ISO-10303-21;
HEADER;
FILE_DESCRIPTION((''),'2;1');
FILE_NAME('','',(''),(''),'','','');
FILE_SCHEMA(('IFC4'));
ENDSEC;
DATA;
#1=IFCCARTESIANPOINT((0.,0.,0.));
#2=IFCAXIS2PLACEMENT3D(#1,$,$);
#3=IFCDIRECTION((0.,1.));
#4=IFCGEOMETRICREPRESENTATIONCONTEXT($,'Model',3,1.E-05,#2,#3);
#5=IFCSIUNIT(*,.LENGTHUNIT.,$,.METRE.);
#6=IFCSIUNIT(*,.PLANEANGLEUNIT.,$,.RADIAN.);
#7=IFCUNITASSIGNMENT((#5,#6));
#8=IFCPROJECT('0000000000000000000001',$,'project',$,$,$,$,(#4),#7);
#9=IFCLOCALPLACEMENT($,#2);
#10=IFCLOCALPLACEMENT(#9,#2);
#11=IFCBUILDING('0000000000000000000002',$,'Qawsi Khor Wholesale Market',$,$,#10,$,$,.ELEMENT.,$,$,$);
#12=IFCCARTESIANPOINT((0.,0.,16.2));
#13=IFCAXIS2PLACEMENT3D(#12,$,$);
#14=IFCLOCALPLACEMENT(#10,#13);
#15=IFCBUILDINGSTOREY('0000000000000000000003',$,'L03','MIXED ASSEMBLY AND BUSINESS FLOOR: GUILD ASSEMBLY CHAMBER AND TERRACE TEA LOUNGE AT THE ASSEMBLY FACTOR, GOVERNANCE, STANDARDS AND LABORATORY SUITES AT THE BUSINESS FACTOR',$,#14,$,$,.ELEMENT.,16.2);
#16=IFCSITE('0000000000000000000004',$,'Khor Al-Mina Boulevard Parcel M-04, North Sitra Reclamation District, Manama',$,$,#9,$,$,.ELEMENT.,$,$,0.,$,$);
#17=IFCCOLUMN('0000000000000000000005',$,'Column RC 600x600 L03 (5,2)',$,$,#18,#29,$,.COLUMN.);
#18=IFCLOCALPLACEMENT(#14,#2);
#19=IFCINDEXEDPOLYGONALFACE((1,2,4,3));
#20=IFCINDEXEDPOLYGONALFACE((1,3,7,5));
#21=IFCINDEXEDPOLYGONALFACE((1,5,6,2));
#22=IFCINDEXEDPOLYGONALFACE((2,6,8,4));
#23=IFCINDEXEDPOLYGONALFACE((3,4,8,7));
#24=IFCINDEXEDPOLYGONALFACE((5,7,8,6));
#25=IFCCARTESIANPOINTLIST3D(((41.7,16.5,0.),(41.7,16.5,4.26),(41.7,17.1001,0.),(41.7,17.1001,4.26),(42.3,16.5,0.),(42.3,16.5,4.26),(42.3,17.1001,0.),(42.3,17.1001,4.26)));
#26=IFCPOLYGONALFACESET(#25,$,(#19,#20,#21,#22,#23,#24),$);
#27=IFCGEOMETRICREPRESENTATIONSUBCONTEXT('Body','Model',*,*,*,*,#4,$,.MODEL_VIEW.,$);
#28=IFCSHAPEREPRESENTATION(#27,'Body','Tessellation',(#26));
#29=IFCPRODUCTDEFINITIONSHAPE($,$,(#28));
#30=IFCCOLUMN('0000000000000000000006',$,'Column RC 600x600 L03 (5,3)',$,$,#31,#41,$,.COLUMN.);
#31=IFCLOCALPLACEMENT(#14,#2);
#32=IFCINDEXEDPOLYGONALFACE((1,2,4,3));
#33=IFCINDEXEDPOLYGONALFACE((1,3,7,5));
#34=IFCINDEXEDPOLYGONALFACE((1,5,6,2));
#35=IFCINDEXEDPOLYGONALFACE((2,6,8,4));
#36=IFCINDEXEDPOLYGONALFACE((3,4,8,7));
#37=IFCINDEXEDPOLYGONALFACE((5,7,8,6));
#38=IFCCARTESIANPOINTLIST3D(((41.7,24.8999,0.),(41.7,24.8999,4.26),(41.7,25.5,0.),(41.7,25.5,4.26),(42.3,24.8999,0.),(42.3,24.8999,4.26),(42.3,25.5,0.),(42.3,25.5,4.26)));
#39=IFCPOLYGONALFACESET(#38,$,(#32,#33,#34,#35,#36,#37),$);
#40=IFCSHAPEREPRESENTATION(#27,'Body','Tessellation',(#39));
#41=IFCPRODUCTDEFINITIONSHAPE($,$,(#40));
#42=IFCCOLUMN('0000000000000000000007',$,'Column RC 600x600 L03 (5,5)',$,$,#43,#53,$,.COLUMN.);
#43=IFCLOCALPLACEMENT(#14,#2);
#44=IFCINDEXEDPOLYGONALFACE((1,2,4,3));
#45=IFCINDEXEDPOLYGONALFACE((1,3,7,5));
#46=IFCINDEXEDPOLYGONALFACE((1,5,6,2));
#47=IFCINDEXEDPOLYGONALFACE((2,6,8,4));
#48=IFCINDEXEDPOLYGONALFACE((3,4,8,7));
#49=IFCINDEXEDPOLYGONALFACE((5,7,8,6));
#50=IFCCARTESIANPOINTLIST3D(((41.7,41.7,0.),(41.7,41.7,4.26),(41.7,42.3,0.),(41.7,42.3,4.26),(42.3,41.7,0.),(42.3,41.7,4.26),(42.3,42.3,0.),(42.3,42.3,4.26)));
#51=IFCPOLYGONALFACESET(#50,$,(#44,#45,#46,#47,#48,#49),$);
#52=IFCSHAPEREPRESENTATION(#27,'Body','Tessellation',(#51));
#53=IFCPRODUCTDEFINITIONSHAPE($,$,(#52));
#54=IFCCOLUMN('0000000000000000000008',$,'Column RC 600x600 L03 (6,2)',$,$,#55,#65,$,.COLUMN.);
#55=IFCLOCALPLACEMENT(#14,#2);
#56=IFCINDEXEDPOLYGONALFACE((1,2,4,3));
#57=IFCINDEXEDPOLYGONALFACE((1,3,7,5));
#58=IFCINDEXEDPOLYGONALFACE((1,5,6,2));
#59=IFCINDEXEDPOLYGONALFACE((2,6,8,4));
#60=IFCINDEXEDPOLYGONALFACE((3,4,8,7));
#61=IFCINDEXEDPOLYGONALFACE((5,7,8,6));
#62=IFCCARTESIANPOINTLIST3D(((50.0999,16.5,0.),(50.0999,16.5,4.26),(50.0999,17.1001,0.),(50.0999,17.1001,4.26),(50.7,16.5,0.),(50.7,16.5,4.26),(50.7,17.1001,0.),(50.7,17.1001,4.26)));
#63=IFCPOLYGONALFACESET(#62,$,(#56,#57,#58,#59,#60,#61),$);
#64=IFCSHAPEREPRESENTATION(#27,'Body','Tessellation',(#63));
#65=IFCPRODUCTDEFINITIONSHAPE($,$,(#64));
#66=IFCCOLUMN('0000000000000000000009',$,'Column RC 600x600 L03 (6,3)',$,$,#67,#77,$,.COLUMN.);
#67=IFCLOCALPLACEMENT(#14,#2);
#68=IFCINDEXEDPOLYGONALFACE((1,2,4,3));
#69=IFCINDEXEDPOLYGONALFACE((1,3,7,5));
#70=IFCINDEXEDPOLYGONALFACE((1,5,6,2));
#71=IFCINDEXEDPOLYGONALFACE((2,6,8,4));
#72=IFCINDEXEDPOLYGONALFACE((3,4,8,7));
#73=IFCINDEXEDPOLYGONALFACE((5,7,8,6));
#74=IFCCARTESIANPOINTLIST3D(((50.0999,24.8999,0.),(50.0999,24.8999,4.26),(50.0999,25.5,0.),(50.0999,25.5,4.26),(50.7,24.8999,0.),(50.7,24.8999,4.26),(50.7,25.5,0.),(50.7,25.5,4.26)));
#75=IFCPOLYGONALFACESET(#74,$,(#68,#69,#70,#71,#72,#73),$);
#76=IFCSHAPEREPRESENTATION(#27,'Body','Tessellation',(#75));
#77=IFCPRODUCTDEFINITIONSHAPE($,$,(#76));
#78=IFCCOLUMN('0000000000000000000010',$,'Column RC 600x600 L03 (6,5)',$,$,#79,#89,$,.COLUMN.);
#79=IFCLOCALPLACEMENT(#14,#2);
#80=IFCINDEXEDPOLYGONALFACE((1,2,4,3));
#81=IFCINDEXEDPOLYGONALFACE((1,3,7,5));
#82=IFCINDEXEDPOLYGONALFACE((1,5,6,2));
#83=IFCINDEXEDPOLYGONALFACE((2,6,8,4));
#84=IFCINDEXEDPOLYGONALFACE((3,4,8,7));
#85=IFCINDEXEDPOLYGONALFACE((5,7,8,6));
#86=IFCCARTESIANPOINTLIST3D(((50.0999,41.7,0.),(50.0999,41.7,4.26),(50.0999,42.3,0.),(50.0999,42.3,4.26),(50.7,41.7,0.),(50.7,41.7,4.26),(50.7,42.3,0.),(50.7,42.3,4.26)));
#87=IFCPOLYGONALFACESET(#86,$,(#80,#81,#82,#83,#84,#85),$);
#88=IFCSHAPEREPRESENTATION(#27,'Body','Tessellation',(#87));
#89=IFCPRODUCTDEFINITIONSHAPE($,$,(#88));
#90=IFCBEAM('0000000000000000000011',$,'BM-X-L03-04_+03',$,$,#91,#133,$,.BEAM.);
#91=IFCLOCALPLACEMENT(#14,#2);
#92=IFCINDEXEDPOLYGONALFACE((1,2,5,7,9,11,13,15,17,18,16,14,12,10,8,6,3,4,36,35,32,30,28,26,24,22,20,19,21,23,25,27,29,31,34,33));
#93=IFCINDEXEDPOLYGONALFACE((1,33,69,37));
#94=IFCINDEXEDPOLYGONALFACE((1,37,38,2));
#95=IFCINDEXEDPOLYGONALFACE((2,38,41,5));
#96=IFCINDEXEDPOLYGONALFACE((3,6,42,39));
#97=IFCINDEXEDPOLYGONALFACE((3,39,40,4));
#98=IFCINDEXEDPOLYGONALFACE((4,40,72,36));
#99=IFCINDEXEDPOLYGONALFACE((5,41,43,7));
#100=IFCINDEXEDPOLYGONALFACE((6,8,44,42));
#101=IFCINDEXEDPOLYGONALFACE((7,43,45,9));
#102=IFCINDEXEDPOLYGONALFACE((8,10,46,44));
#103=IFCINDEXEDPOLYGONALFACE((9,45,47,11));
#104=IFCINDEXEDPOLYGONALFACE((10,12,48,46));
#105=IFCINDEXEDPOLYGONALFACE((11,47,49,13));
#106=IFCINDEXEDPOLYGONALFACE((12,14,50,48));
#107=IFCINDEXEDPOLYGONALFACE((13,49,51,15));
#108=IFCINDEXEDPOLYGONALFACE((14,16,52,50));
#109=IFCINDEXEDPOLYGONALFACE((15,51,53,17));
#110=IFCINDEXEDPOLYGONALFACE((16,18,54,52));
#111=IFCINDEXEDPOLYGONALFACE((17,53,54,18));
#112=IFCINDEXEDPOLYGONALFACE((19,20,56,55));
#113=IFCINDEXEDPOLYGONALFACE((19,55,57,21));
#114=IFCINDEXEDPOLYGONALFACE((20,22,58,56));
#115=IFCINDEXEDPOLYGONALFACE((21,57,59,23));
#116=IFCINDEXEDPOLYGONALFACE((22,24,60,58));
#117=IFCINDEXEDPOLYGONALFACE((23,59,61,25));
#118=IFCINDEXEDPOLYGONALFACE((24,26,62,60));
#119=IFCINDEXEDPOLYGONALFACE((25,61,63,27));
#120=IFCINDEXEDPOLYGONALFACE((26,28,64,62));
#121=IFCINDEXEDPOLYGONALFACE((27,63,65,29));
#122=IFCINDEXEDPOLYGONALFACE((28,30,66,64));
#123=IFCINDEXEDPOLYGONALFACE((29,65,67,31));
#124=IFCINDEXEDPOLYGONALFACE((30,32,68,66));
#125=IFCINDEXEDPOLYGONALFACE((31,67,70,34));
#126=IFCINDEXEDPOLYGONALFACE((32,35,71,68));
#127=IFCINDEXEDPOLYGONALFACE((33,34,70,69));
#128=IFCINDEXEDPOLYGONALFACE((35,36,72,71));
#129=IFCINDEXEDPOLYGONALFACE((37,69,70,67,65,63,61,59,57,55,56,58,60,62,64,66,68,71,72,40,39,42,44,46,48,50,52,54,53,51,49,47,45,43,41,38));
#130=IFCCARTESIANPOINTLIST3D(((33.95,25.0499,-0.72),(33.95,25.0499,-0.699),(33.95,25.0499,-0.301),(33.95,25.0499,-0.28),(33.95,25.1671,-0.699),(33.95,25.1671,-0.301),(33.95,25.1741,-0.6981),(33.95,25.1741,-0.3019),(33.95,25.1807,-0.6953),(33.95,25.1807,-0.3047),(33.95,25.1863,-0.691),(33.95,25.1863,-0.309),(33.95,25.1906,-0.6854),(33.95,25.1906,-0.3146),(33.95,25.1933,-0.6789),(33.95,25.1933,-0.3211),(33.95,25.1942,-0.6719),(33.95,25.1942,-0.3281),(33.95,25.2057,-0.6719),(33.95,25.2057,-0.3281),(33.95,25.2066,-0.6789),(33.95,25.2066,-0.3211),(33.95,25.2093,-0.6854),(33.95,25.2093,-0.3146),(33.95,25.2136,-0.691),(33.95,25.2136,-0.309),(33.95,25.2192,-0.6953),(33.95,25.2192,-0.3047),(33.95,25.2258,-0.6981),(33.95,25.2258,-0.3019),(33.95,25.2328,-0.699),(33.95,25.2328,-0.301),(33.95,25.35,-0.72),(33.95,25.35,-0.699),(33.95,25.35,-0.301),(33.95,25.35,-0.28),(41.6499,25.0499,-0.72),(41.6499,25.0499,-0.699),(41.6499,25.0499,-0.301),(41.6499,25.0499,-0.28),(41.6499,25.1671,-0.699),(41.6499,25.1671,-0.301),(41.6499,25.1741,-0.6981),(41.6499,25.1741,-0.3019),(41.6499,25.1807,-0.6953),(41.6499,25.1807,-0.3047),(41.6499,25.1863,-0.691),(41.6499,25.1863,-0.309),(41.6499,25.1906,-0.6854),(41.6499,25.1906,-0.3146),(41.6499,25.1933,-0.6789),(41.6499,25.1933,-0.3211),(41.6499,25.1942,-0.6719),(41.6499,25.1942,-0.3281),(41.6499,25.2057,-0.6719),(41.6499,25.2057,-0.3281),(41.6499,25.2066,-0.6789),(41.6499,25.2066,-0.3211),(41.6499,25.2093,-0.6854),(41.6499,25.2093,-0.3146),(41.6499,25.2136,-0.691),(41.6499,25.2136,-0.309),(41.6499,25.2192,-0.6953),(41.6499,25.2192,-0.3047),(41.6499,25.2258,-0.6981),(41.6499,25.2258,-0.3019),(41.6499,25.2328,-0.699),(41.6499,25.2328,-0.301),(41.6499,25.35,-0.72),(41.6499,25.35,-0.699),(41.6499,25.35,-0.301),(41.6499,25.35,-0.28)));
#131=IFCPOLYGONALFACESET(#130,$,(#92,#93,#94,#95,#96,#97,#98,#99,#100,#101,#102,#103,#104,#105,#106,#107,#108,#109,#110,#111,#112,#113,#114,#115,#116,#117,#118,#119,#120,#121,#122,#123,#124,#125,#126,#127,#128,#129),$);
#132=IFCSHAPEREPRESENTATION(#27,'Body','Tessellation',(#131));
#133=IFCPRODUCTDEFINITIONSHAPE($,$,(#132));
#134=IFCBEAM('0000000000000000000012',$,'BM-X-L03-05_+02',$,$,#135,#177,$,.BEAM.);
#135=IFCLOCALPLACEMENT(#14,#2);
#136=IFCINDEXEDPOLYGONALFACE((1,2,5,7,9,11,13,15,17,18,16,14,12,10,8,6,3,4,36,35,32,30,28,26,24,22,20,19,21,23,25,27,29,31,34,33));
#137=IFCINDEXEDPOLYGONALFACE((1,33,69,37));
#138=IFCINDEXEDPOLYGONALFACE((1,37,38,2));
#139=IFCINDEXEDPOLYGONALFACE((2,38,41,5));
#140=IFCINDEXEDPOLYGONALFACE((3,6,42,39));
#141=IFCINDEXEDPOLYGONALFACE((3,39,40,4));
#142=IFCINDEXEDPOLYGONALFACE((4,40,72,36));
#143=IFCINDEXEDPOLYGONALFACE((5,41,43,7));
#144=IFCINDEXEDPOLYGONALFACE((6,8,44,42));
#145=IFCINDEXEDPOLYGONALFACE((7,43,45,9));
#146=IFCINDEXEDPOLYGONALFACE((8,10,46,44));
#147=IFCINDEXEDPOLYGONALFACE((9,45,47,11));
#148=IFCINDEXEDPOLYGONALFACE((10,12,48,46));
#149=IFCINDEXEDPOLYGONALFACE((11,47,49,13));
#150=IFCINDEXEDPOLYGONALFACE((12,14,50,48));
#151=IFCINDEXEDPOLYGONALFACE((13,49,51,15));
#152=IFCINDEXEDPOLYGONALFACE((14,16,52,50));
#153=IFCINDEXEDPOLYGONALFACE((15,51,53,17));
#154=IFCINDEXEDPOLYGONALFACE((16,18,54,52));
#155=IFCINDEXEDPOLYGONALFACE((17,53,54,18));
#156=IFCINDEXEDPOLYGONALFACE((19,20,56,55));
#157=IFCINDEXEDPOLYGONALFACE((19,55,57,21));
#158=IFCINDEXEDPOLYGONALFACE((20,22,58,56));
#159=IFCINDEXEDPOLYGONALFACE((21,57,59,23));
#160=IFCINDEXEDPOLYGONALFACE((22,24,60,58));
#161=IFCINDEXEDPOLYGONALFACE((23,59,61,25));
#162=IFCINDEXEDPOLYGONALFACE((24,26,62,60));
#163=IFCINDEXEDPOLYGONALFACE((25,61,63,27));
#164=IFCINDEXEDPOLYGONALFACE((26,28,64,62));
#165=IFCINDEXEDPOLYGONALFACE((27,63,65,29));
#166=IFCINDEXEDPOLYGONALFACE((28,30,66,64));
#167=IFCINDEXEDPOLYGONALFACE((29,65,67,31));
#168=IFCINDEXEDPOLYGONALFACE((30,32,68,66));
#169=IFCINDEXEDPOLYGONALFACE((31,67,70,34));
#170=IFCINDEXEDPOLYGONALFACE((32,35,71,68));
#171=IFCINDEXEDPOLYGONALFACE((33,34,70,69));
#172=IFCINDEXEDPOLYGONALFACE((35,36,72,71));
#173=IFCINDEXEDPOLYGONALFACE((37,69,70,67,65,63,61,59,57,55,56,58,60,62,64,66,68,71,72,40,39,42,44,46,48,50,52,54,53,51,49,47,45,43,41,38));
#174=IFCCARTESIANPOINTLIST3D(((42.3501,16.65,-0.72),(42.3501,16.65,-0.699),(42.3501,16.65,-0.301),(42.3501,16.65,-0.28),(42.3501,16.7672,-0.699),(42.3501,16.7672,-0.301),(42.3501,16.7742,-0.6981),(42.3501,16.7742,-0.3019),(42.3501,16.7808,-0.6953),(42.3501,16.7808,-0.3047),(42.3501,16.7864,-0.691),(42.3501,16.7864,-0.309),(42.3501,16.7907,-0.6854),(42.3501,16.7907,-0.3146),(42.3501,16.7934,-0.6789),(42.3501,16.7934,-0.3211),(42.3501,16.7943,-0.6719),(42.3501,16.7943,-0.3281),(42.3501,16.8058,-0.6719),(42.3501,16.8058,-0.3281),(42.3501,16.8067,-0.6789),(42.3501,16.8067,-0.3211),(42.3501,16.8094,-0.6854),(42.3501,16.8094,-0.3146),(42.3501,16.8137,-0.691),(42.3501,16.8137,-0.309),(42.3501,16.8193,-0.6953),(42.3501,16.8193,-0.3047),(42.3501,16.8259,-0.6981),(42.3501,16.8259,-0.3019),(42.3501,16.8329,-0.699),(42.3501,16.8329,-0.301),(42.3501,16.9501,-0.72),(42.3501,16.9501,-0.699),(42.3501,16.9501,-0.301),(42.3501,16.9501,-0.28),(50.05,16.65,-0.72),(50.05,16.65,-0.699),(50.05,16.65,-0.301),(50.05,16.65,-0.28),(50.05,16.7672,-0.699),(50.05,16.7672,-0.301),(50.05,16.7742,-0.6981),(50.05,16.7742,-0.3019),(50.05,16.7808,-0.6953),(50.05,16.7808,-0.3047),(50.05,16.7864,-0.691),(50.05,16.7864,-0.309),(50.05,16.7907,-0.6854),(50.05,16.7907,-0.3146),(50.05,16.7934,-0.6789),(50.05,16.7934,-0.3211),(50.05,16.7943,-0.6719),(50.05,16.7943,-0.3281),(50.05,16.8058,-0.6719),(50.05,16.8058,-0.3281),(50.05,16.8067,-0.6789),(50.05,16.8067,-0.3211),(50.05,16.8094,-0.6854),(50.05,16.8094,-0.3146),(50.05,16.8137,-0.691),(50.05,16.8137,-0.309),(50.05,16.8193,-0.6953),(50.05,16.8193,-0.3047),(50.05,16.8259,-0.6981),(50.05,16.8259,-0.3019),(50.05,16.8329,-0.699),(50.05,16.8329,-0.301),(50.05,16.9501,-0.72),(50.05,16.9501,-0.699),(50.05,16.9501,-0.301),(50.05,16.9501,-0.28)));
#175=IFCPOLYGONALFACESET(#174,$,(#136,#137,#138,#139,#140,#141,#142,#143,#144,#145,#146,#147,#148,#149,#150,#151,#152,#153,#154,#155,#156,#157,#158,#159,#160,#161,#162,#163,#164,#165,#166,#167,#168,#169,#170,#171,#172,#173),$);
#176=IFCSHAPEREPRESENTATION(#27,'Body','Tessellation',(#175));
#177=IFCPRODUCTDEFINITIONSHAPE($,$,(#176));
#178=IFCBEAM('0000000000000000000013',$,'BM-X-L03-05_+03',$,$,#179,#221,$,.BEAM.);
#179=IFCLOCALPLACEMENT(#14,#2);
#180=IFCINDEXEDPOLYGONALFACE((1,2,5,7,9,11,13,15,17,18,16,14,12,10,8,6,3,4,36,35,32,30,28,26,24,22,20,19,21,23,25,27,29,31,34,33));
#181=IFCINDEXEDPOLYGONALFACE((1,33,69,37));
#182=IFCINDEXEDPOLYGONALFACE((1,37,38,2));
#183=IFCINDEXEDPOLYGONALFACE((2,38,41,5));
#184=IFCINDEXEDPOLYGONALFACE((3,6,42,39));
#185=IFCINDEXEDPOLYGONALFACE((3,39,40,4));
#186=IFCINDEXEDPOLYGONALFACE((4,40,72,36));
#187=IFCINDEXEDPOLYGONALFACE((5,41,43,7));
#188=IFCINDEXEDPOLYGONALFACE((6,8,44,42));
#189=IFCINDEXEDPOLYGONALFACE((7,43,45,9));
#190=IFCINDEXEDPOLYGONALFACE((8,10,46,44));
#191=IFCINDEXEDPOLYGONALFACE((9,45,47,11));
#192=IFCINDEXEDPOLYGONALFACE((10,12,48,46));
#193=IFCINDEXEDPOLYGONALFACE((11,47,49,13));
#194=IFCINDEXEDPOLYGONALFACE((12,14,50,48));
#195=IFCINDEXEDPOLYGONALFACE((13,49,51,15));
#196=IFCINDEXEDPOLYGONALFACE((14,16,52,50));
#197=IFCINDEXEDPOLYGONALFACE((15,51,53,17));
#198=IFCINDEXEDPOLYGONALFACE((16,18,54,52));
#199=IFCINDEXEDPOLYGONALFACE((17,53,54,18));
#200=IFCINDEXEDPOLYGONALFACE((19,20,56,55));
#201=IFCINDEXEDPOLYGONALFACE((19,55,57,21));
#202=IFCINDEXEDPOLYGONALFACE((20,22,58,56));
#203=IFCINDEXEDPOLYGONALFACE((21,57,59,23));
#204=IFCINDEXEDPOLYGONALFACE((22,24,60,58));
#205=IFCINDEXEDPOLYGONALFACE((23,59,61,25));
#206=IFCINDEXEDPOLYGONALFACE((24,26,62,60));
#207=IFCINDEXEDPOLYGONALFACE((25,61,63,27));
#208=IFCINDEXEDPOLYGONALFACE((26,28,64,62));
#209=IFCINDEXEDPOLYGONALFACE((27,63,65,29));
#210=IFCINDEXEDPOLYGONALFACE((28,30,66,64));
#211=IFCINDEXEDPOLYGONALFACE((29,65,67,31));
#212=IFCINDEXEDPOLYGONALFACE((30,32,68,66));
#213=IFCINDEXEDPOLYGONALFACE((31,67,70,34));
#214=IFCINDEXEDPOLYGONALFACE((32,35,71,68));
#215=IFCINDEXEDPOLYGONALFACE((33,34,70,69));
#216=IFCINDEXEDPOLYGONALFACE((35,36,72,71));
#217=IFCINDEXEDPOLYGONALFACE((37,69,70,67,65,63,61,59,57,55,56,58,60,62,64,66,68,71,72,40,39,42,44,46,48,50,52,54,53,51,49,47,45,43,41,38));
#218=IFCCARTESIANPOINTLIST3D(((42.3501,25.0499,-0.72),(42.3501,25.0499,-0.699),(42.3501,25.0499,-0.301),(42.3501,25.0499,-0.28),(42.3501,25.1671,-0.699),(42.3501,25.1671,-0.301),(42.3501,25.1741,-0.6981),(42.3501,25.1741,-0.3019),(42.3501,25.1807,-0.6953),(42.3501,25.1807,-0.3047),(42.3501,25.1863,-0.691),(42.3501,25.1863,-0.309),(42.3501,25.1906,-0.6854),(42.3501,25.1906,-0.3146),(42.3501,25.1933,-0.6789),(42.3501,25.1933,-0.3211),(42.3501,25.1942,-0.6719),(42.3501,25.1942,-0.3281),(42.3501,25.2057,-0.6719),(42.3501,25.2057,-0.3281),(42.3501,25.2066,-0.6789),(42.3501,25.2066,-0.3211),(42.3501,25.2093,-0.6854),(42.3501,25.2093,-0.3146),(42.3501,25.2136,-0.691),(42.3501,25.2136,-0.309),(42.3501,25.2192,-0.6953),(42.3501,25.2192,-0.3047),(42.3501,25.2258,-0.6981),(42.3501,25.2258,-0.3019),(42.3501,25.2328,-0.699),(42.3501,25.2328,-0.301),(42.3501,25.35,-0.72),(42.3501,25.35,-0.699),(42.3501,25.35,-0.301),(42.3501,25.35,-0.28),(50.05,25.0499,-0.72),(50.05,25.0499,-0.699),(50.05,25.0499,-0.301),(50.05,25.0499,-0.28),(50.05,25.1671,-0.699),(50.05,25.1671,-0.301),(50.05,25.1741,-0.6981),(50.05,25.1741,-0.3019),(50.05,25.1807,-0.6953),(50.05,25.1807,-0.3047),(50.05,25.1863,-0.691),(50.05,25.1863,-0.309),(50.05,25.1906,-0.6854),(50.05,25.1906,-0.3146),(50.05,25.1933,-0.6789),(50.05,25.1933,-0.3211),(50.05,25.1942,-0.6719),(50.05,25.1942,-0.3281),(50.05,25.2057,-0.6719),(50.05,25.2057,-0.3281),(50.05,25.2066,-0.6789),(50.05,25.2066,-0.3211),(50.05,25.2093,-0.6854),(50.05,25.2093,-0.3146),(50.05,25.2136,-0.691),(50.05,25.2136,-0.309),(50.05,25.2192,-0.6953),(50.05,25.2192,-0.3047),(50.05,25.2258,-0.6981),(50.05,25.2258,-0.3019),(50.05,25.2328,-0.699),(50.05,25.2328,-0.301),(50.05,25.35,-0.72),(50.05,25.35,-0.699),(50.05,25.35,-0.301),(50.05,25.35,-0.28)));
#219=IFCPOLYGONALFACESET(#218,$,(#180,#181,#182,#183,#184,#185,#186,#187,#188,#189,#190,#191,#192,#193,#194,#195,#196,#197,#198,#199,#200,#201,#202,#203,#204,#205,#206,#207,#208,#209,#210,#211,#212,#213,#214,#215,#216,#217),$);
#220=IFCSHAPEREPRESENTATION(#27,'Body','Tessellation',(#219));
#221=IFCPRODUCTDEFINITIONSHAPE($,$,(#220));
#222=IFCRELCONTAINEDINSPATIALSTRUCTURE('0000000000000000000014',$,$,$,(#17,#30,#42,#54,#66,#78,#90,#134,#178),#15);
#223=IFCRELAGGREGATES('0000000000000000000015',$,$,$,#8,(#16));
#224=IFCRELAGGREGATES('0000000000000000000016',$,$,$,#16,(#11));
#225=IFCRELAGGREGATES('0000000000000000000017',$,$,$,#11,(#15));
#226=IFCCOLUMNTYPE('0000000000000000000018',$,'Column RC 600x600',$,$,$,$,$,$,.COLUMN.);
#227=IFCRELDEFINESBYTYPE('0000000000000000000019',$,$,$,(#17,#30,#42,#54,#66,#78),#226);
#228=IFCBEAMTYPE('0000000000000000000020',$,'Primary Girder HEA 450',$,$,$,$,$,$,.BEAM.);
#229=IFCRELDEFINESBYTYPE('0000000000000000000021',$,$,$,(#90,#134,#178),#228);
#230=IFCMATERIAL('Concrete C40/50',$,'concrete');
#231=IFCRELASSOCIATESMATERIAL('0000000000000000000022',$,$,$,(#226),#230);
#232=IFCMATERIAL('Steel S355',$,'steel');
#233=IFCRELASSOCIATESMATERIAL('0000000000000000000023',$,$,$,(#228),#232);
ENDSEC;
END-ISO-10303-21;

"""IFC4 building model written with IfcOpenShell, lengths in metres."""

from ifc_helpers import new_model, si_unit, direction, frame, origin, origin_2d, place, context, subcontext, project, spatial, rectangle, i_section, extrude, material, material_profile, profile_set, type_object, element, save


model = new_model("IFC4")

# Units and contexts
model_context = context("Model", 3, precision=1e-05, world=origin(), true_north=direction((0.0, 1.0)))
body_context = subcontext(model_context, "Body", "Model", "MODEL_VIEW")
ifc_project = project(units=[si_unit("LENGTHUNIT", "METRE"), si_unit("PLANEANGLEUNIT", "RADIAN")], contexts=[model_context])

# Site, building, storey
site_placement = place(None, origin())
site = spatial("IfcSite", under=ifc_project, at=site_placement, Name="Khor Al-Mina Boulevard Parcel M-04, North Sitra Reclamation District, Manama", CompositionType="ELEMENT", RefElevation=0.0)
building_placement = place(site_placement, origin())
building = spatial("IfcBuilding", under=site, at=building_placement, Name="Qawsi Khor Wholesale Market", CompositionType="ELEMENT")
storey_placement = place(building_placement, frame((0.0, 0.0, 16.2)))
storey = spatial("IfcBuildingStorey", under=building, at=storey_placement, Name="L03", Description="MIXED ASSEMBLY AND BUSINESS FLOOR: GUILD ASSEMBLY CHAMBER AND TERRACE TEA LOUNGE AT THE ASSEMBLY FACTOR, GOVERNANCE, STANDARDS AND LABORATORY SUITES AT THE BUSINESS FACTOR", CompositionType="ELEMENT", Elevation=16.2)

# Columns
ifc_material_1 = material(Name="Concrete C40/50", Category="concrete")
ifc_material_profile_1 = material_profile(ifc_material_1, rectangle(XDim=0.6001, YDim=0.6001, at=origin_2d()), Name="RC 600x600")
ifc_profile_set_1 = profile_set([ifc_material_profile_1], Name="Concrete C40/50")
column_type = type_object("IfcColumnType", Name="Column RC 600x600", PredefinedType="COLUMN", material=ifc_profile_set_1)
for number, where, z_axis, x_axis, name in (
    (1, (42.0, 16.8, 0.0), (0.0, 0.0, 1.0), (1.0, 0.0, 0.0), "Column RC 600x600 L03 (5,2)"),
    (2, (42.0, 25.2, 0.0), (0.0, 0.0, 1.0), (1.0, 0.0, 0.0), "Column RC 600x600 L03 (5,3)"),
    (3, (42.0, 42.0, 0.0), (0.0, 0.0, 1.0), (1.0, 0.0, 0.0), "Column RC 600x600 L03 (5,5)"),
    (4, (50.3999, 16.8, 0.0), (0.0, 0.0, 1.0), (1.0, 0.0, 0.0), "Column RC 600x600 L03 (6,2)"),
    (5, (50.3999, 25.2, 0.0), (0.0, 0.0, 1.0), (1.0, 0.0, 0.0), "Column RC 600x600 L03 (6,3)"),
    (6, (50.3999, 42.0, 0.0), (0.0, 0.0, 1.0), (1.0, 0.0, 0.0), "Column RC 600x600 L03 (6,5)"),
):
    element("IfcColumn", number, at=place(storey_placement, frame(where, z_axis=z_axis, x_axis=x_axis)), inside=storey, type_object=column_type, Name=name, PredefinedType="COLUMN", context=body_context, shape_type="SweptSolid", body=[
        extrude(rectangle(XDim=0.6001, YDim=0.6001, at=origin_2d()), origin(), (0.0, 0.0, 1.0), 4.26),
    ])

# Beams
ifc_material_2 = material(Name="Steel S355", Category="steel")
ifc_material_profile_2 = material_profile(ifc_material_2, i_section(OverallWidth=0.3, OverallDepth=0.4399, WebThickness=0.0115, FlangeThickness=0.021, FilletRadius=0.0271, at=origin_2d()), Name="HEA 450")
ifc_profile_set_2 = profile_set([ifc_material_profile_2], Name="Steel S355")
beam_type_1 = type_object("IfcBeamType", Name="Primary Girder HEA 450", PredefinedType="BEAM", material=ifc_profile_set_2)
for number, where, z_axis, x_axis, name in (
    (7, (33.95, 25.2, -0.5), (1.0, 0.0, 0.0), (0.0, 1.0, 0.0), "BM-X-L03-04_+03"),
    (8, (42.3501, 16.8, -0.5), (1.0, 0.0, 0.0), (0.0, 1.0, 0.0), "BM-X-L03-05_+02"),
    (9, (42.3501, 25.2, -0.5), (1.0, 0.0, 0.0), (0.0, 1.0, 0.0), "BM-X-L03-05_+03"),
):
    element("IfcBeam", number, at=place(storey_placement, frame(where, z_axis=z_axis, x_axis=x_axis)), inside=storey, type_object=beam_type_1, Name=name, PredefinedType="BEAM", context=body_context, shape_type="SweptSolid", body=[
        extrude(i_section(OverallWidth=0.3, OverallDepth=0.4399, WebThickness=0.0115, FlangeThickness=0.021, FilletRadius=0.0271, at=origin_2d()), origin(), (0.0, 0.0, 1.0), 7.7),
    ])

save(model, "model.ifc")
